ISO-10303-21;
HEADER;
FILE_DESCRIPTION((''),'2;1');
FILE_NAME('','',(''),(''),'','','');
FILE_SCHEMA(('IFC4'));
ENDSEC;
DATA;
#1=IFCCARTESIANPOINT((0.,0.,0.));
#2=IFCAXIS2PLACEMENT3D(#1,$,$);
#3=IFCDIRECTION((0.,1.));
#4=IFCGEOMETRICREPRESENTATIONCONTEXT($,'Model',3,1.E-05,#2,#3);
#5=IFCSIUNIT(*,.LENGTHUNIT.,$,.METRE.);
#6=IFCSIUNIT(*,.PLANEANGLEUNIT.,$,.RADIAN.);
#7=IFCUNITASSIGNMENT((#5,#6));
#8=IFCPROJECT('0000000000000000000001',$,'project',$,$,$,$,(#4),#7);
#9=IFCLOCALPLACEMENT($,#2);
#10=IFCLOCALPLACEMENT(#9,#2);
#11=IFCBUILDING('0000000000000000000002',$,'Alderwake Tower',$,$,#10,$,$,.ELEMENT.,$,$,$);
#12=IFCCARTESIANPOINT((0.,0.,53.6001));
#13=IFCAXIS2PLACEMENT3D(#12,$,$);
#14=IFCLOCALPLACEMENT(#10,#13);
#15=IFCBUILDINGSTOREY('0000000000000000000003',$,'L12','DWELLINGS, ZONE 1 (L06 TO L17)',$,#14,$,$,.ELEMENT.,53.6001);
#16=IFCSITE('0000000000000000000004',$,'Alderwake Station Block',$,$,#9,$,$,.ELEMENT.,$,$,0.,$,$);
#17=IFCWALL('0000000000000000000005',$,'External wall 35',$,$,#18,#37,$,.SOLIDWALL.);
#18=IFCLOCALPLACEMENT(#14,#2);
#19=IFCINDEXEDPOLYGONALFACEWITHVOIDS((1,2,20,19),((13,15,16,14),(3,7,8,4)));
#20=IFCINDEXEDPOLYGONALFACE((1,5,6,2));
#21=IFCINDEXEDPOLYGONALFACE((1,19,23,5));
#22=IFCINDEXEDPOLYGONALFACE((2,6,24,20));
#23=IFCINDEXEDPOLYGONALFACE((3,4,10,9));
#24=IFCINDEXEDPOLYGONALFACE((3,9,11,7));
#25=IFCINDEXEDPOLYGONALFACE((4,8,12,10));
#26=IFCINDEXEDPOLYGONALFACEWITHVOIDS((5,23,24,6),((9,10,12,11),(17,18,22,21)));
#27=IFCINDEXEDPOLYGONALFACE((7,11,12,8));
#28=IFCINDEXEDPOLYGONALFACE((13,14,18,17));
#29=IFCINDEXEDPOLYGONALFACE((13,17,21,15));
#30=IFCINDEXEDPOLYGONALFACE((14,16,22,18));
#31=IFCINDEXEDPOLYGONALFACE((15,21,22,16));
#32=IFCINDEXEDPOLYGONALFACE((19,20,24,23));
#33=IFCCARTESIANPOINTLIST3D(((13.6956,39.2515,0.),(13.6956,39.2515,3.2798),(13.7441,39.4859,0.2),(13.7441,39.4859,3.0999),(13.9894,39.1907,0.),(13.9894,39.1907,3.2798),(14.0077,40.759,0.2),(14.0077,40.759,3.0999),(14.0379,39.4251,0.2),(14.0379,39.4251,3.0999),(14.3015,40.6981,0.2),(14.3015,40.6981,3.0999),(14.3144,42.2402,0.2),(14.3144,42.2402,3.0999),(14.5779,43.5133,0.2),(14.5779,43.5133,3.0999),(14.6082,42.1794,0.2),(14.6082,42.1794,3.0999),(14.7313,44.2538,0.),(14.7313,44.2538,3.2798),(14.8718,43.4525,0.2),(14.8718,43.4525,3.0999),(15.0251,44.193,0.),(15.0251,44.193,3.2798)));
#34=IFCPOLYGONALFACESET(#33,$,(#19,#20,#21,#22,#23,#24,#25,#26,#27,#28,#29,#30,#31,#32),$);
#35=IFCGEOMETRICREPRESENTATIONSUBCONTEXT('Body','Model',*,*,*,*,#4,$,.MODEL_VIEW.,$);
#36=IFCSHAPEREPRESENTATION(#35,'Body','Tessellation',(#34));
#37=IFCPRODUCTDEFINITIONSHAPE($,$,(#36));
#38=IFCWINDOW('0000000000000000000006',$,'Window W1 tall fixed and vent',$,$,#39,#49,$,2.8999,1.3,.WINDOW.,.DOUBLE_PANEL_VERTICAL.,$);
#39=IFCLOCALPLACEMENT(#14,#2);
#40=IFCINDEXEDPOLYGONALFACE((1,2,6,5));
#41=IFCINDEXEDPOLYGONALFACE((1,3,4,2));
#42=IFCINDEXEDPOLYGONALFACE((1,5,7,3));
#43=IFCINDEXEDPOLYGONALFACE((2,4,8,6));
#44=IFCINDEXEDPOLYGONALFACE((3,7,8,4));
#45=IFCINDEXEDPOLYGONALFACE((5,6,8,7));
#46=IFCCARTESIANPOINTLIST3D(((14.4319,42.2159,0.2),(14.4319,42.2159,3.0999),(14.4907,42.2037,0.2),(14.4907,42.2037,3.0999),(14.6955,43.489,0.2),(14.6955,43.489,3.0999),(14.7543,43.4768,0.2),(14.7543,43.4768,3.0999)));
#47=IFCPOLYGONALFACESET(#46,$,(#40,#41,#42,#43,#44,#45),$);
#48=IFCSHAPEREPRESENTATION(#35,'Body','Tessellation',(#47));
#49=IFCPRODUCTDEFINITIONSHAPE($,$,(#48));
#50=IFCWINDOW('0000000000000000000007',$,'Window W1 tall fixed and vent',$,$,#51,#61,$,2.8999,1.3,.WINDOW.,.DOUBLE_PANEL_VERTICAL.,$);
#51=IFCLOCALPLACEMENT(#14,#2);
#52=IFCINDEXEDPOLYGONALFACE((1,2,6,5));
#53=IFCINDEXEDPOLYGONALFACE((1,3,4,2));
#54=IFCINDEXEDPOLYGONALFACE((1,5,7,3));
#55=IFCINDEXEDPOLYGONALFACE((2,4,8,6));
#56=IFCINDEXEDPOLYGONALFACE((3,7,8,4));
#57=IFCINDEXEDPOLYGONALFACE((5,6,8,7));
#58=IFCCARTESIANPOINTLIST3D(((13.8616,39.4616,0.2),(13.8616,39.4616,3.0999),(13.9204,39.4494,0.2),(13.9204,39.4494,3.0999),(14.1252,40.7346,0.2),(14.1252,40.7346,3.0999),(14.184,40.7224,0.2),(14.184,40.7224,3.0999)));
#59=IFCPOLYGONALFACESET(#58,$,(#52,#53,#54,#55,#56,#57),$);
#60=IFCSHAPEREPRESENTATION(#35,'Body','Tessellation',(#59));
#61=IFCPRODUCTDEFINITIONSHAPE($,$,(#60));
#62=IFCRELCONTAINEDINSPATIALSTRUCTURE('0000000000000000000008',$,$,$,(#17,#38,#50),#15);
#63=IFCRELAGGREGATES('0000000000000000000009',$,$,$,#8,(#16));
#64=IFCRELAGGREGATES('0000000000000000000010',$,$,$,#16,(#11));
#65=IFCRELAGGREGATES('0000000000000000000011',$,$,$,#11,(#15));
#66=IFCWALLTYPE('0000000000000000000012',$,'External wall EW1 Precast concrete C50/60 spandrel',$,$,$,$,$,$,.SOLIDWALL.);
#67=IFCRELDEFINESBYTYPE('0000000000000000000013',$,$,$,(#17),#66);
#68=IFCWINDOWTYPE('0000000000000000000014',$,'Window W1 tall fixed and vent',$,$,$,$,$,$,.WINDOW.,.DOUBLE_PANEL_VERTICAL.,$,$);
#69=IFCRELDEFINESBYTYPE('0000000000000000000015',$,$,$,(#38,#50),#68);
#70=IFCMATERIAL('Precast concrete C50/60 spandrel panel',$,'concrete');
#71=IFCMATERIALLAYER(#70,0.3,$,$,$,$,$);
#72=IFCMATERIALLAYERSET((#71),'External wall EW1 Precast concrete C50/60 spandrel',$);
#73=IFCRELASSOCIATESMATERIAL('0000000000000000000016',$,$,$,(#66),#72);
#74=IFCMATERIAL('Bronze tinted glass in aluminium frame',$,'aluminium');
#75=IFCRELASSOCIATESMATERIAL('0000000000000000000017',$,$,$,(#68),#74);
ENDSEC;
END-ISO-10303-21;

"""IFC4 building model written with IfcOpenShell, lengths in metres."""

from ifc_helpers import new_model, si_unit, direction, frame, frame_2d, origin, place, context, subcontext, project, spatial, rectangle, extrude, material, layer, layer_set, type_object, element, fill, save


model = new_model("IFC4")

# Units and contexts
model_context = context("Model", 3, precision=1e-05, world=origin(), true_north=direction((0.0, 1.0)))
body_context = subcontext(model_context, "Body", "Model", "MODEL_VIEW")
ifc_project = project(units=[si_unit("LENGTHUNIT", "METRE"), si_unit("PLANEANGLEUNIT", "RADIAN")], contexts=[model_context])

# Site, building, storey
site_placement = place(None, origin())
site = spatial("IfcSite", under=ifc_project, at=site_placement, Name="Alderwake Station Block", CompositionType="ELEMENT", RefElevation=0.0)
building_placement = place(site_placement, origin())
building = spatial("IfcBuilding", under=site, at=building_placement, Name="Alderwake Tower", CompositionType="ELEMENT")
storey_placement = place(building_placement, frame((0.0, 0.0, 53.6001)))
storey = spatial("IfcBuildingStorey", under=building, at=storey_placement, Name="L12", Description="DWELLINGS, ZONE 1 (L06 TO L17)", CompositionType="ELEMENT", Elevation=53.6001)

# Wall, openings, windows
ifc_material_1 = material(Name="Precast concrete C50/60 spandrel panel", Category="concrete")
ifc_layer_1 = layer(ifc_material_1, 0.3)
ifc_layer_set_1 = layer_set([ifc_layer_1], Name="External wall EW1 Precast concrete C50/60 spandrel")
wall_type_1 = type_object("IfcWallType", Name="External wall EW1 Precast concrete C50/60 spandrel", PredefinedType="SOLIDWALL", material=ifc_layer_set_1)
wall_1_placement = place(storey_placement, frame((14.8782, 44.2234, 0.0), z_axis=(0.0, 0.0, 1.0), x_axis=(-0.202738, -0.979233, 0.0)))
wall_1 = element("IfcWall", 1, at=wall_1_placement, inside=storey, type_object=wall_type_1, Name="External wall 35", PredefinedType="SOLIDWALL", context=body_context, shape_type="SweptSolid", body=[
    extrude(rectangle(XDim=5.1084, YDim=0.3, at=frame_2d((2.5542, 0.0))), origin(), (0.0, 0.0, 1.0), 3.2798),
])
opening_1_placement = place(wall_1_placement, frame((0.7563, 0.0, 0.2)))
opening_1 = element("IfcOpeningElement", 2, at=opening_1_placement, cuts=wall_1, PredefinedType="OPENING", context=body_context, shape_type="SweptSolid", body=[
    extrude(rectangle(XDim=1.3, YDim=2.8999, at=frame_2d((0.6499, 1.45))), frame((0.0, 0.1599, 0.0), z_axis=(0.0, -1.0, 0.0), x_axis=(1.0, 0.0, 0.0)), (0.0, 0.0, 1.0), 0.3201),
])
opening_2_placement = place(wall_1_placement, frame((3.5691, 0.0, 0.2)))
opening_2 = element("IfcOpeningElement", 3, at=opening_2_placement, cuts=wall_1, PredefinedType="OPENING", context=body_context, shape_type="SweptSolid", body=[
    extrude(rectangle(XDim=1.3, YDim=2.8999, at=frame_2d((0.6499, 1.45))), frame((0.0, 0.1599, 0.0), z_axis=(0.0, -1.0, 0.0), x_axis=(1.0, 0.0, 0.0)), (0.0, 0.0, 1.0), 0.3201),
])
ifc_material_2 = material(Name="Bronze tinted glass in aluminium frame", Category="aluminium")
window_type = type_object("IfcWindowType", Name="Window W1 tall fixed and vent", PartitioningType="DOUBLE_PANEL_VERTICAL", PredefinedType="WINDOW", material=ifc_material_2)
window_1_placement = place(opening_1_placement, origin())
window_1 = element("IfcWindow", 4, at=window_1_placement, inside=storey, type_object=window_type, Name="Window W1 tall fixed and vent", OverallHeight=2.8999, OverallWidth=1.3, PartitioningType="DOUBLE_PANEL_VERTICAL", PredefinedType="WINDOW", context=body_context, shape_type="SweptSolid", body=[
    extrude(rectangle(XDim=1.3, YDim=2.8999, at=frame_2d((0.6499, 1.45))), frame((0.0, 0.03, 0.0), z_axis=(0.0, -1.0, 0.0), x_axis=(1.0, 0.0, 0.0)), (0.0, 0.0, 1.0), 0.0601),
])
fill(opening_1, window_1)
window_2_placement = place(opening_2_placement, origin())
window_2 = element("IfcWindow", 5, at=window_2_placement, inside=storey, type_object=window_type, Name="Window W1 tall fixed and vent", OverallHeight=2.8999, OverallWidth=1.3, PartitioningType="DOUBLE_PANEL_VERTICAL", PredefinedType="WINDOW", context=body_context, shape_type="SweptSolid", body=[
    extrude(rectangle(XDim=1.3, YDim=2.8999, at=frame_2d((0.6499, 1.45))), frame((0.0, 0.03, 0.0), z_axis=(0.0, -1.0, 0.0), x_axis=(1.0, 0.0, 0.0)), (0.0, 0.0, 1.0), 0.0601),
])
fill(opening_2, window_2)

save(model, "model.ifc")
